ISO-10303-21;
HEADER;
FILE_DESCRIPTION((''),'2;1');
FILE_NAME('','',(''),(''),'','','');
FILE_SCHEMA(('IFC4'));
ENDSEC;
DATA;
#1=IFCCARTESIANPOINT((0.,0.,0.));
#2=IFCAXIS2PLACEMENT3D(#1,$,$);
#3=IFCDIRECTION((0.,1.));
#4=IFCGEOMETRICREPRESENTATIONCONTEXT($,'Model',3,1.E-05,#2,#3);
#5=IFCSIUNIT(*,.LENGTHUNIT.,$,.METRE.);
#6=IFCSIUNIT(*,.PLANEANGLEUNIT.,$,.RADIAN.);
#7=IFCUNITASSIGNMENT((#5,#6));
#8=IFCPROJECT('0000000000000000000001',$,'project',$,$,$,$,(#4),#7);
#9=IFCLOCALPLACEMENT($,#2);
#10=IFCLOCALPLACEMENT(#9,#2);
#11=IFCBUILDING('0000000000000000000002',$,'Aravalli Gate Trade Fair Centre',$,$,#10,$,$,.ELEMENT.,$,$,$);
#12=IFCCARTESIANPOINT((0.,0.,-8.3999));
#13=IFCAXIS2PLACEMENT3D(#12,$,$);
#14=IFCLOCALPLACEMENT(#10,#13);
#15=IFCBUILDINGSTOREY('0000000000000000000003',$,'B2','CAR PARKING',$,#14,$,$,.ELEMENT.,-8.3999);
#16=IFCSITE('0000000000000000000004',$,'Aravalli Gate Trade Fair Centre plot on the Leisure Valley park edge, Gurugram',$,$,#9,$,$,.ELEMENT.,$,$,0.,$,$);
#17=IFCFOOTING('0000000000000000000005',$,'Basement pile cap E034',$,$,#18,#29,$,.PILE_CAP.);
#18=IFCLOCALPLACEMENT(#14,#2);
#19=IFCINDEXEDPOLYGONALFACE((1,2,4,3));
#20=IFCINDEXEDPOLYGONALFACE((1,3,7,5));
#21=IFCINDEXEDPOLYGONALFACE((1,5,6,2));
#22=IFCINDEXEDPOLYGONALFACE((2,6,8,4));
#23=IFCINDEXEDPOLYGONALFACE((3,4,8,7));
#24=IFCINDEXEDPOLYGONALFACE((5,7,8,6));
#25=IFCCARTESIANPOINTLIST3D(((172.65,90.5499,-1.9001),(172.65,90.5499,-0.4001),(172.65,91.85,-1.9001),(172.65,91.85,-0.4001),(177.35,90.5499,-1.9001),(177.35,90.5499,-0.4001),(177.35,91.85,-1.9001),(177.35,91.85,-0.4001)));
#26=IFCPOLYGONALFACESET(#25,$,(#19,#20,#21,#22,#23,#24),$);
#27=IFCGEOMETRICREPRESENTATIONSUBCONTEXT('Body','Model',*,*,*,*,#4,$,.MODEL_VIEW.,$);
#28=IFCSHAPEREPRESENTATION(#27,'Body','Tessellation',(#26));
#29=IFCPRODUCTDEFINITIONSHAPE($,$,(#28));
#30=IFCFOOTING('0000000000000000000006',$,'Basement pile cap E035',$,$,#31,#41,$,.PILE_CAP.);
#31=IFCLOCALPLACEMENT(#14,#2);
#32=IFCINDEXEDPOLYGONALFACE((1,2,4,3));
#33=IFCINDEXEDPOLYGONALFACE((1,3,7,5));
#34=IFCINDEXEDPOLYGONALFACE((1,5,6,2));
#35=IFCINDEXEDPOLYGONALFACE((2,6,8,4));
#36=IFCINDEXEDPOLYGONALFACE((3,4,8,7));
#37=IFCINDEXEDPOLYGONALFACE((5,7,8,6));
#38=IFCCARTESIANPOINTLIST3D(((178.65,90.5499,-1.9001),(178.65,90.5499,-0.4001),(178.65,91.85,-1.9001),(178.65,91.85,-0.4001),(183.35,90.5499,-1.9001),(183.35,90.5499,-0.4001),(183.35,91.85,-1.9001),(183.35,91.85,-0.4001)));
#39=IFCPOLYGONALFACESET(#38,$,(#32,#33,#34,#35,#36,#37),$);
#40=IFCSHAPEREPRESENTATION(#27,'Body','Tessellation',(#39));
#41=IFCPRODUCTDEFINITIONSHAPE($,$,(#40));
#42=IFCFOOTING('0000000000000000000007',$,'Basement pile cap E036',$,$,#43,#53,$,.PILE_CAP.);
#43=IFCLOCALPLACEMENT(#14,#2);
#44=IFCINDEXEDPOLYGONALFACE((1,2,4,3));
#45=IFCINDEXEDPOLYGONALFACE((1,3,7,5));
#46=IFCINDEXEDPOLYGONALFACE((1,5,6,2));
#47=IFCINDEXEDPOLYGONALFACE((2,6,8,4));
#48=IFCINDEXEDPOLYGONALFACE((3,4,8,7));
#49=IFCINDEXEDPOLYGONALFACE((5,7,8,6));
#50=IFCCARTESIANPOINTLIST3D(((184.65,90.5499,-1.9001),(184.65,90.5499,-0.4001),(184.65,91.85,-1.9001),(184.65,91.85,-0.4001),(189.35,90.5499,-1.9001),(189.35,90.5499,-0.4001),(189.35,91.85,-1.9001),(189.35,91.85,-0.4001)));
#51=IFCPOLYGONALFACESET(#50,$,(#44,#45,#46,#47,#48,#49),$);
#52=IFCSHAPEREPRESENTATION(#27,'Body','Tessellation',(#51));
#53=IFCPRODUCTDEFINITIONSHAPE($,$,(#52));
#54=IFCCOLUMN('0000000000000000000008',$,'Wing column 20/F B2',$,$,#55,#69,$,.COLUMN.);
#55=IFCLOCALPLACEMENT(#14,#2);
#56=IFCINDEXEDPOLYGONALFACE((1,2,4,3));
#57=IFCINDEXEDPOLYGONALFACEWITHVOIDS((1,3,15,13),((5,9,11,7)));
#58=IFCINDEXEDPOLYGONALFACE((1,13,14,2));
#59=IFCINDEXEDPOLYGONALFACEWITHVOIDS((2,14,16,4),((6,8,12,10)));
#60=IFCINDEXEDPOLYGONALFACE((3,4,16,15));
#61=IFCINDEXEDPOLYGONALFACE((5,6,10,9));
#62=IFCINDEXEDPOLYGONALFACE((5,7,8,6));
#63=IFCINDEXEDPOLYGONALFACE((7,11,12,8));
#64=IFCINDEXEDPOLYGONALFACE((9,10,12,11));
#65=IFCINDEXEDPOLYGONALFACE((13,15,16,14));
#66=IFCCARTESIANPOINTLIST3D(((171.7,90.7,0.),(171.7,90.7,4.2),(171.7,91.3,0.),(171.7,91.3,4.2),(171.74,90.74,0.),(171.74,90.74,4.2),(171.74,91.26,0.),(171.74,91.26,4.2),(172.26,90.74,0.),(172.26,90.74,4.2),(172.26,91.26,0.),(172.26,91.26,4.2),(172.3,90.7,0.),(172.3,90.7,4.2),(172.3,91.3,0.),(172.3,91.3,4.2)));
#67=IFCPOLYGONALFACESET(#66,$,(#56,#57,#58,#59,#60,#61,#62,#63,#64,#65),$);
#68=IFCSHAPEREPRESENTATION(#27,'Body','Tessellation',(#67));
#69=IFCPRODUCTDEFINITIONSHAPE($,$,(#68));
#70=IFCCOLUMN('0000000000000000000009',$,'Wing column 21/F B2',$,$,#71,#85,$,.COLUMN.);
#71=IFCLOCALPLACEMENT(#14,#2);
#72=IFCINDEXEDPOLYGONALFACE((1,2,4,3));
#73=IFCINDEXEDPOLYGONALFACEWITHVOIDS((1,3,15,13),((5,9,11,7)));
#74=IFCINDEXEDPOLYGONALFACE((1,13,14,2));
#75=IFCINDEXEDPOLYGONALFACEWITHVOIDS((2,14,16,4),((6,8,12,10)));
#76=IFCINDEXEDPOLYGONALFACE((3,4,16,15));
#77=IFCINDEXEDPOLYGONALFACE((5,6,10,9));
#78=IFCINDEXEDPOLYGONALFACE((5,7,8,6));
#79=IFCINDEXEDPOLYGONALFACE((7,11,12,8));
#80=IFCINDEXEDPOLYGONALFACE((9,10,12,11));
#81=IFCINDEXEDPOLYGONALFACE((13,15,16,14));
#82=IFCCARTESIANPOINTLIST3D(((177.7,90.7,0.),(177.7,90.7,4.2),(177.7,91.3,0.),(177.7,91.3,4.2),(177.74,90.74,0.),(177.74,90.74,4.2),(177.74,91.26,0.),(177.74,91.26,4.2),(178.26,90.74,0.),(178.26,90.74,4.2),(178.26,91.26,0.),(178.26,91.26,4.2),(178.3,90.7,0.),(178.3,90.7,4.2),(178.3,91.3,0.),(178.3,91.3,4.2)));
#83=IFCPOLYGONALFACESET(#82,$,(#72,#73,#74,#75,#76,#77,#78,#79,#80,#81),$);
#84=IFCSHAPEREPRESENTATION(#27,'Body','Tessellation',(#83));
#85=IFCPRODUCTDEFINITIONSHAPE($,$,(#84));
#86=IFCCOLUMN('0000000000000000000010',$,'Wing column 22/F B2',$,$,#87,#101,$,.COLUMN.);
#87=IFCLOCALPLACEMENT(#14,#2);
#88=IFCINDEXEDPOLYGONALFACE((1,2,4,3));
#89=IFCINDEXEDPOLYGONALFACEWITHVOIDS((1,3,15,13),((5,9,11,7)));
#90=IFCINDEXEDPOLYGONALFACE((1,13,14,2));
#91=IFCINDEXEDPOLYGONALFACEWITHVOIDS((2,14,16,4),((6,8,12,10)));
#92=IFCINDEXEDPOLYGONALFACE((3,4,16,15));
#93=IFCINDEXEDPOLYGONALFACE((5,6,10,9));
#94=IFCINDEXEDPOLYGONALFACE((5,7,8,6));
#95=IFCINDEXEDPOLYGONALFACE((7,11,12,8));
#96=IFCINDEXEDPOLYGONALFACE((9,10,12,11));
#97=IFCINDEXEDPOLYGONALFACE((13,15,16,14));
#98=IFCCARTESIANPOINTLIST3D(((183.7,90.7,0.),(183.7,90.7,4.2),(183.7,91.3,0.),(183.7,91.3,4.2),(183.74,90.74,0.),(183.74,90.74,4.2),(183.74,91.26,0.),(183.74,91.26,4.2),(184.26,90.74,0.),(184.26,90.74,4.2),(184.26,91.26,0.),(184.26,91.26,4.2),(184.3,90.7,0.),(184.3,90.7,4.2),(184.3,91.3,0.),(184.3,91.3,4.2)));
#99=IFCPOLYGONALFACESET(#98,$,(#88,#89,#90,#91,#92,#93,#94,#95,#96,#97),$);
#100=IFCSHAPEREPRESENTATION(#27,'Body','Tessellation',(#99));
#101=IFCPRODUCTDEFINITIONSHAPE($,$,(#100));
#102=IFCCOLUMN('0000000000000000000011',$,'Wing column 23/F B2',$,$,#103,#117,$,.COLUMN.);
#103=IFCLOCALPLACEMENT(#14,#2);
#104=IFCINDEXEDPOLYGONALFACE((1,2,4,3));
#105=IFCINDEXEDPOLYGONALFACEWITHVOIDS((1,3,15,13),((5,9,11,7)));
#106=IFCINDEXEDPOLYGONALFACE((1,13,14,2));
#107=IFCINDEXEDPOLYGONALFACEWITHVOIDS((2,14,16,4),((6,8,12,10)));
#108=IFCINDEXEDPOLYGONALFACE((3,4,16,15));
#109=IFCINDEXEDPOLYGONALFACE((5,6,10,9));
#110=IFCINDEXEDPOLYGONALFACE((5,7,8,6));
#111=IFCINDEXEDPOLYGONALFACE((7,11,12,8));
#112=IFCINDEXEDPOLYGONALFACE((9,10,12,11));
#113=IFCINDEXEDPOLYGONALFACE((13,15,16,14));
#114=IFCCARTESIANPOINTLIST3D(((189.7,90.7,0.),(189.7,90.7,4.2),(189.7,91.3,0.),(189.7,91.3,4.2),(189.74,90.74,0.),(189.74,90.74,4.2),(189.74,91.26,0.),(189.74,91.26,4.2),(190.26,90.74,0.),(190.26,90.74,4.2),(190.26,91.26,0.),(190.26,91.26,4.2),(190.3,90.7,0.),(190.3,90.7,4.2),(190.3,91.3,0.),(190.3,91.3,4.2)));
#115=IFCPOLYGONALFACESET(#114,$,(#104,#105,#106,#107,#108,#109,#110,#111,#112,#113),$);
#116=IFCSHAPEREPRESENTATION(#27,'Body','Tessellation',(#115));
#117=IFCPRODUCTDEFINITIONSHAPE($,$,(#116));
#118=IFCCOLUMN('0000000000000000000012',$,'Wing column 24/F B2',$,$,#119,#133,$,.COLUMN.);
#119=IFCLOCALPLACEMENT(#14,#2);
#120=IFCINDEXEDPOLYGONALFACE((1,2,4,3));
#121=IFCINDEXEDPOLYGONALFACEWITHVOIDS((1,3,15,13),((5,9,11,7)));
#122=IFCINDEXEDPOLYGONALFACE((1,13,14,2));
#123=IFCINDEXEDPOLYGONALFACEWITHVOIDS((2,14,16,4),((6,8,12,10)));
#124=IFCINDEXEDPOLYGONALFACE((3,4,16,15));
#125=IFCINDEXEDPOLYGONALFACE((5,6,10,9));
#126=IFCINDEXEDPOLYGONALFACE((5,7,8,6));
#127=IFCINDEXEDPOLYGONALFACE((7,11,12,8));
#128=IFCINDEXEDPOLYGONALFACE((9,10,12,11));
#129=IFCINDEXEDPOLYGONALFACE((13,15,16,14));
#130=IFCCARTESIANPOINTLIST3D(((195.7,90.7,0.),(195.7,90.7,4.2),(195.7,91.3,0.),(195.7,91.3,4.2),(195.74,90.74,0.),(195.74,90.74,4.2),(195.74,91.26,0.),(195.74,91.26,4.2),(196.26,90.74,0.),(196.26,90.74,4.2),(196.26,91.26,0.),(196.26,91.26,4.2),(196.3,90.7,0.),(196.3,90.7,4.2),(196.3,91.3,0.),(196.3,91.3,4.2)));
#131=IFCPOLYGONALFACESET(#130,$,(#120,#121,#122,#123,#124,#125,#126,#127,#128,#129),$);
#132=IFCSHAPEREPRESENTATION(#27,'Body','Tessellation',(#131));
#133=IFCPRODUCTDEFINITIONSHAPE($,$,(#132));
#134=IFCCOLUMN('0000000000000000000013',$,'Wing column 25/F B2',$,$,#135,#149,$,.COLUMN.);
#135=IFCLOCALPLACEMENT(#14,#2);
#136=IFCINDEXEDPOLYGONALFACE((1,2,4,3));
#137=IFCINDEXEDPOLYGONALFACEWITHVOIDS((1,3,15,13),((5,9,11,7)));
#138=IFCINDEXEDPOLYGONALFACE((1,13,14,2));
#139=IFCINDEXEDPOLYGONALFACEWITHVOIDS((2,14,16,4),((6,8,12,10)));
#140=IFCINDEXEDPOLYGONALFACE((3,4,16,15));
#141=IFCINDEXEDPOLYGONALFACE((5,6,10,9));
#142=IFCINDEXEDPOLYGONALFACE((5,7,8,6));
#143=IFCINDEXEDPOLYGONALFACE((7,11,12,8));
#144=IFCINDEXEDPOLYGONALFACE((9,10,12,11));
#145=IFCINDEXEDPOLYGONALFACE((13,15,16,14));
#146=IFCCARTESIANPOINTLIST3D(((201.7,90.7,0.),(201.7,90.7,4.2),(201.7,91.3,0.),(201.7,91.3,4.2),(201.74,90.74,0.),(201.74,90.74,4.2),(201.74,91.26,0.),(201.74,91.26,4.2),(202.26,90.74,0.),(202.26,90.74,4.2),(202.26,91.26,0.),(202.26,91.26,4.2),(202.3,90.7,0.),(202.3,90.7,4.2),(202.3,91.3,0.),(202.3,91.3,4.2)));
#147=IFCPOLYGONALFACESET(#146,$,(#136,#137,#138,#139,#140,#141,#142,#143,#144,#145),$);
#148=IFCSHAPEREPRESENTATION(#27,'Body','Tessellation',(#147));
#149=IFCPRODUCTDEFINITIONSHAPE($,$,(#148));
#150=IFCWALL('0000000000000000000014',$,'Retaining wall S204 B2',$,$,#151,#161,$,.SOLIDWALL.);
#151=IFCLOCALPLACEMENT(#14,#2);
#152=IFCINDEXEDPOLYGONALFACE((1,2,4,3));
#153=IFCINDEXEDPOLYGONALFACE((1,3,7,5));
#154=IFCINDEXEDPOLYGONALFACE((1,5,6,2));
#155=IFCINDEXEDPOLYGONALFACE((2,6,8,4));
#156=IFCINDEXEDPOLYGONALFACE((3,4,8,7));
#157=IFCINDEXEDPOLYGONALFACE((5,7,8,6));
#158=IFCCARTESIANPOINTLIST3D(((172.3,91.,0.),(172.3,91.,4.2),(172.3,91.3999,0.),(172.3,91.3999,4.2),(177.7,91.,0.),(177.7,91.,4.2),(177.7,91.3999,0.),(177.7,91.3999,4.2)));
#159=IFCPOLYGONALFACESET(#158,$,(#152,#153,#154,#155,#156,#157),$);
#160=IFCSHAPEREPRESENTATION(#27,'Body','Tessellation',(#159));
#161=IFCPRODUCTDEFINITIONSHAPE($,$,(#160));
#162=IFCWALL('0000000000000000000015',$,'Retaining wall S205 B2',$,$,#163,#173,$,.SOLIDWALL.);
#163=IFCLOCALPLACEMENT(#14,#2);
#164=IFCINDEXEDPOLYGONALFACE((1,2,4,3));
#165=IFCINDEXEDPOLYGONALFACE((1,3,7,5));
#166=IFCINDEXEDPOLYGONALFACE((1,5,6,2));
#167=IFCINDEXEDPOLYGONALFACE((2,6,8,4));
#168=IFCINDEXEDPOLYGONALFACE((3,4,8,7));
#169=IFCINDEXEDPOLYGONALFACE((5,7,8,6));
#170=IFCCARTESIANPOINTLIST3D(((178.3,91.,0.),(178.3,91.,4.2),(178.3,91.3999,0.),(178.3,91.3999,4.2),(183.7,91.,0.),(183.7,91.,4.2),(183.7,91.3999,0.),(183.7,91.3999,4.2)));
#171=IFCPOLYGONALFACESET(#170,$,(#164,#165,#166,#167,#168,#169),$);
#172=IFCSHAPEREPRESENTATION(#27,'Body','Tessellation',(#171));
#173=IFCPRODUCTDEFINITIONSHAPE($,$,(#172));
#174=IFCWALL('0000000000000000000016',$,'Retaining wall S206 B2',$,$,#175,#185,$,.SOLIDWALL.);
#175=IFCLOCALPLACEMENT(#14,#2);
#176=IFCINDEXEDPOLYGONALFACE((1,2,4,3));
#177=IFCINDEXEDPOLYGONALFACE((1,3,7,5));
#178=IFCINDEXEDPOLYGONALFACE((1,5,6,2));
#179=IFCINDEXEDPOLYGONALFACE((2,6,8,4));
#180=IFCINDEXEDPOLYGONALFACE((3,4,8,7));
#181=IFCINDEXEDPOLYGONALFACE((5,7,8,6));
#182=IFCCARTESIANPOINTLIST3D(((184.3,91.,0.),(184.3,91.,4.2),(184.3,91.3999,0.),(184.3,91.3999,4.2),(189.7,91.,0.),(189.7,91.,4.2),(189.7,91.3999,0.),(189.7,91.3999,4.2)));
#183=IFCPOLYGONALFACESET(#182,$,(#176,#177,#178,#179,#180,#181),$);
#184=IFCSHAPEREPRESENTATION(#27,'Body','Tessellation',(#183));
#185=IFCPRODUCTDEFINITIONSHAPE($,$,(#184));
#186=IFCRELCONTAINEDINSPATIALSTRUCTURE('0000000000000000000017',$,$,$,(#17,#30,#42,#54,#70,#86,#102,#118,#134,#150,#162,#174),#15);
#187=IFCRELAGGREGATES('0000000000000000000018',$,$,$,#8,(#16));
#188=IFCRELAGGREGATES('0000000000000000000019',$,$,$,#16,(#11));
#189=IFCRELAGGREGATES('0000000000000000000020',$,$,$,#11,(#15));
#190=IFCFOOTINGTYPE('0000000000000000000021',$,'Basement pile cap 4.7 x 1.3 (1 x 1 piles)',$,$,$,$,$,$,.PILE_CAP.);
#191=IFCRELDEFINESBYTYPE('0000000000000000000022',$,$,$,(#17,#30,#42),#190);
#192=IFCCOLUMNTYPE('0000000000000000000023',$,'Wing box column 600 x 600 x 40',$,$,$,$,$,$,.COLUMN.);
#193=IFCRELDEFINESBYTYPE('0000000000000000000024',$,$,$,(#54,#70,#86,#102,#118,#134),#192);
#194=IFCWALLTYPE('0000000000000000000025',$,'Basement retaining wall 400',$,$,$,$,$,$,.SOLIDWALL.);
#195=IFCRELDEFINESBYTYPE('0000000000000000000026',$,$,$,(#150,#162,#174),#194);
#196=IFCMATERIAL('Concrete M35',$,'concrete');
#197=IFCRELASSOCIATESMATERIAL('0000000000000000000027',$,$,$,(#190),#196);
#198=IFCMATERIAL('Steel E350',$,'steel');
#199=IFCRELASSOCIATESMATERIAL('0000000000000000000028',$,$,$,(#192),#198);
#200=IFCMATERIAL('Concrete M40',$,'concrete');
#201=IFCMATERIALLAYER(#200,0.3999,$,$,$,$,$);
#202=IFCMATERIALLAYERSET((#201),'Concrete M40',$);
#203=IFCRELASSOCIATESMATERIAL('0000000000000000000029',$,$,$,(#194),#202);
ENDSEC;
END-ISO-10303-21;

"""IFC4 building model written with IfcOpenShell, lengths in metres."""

from ifc_helpers import new_model, si_unit, direction, frame, frame_2d, origin, origin_2d, place, context, subcontext, project, spatial, rectangle, hollow_rectangle, extrude, material, layer, layer_set, material_profile, profile_set, type_object, element, save


model = new_model("IFC4")

# Units and contexts
model_context = context("Model", 3, precision=1e-05, world=origin(), true_north=direction((0.0, 1.0)))
body_context = subcontext(model_context, "Body", "Model", "MODEL_VIEW")
ifc_project = project(units=[si_unit("LENGTHUNIT", "METRE"), si_unit("PLANEANGLEUNIT", "RADIAN")], contexts=[model_context])

# Site, building, storey
site_placement = place(None, origin())
site = spatial("IfcSite", under=ifc_project, at=site_placement, Name="Aravalli Gate Trade Fair Centre plot on the Leisure Valley park edge, Gurugram", CompositionType="ELEMENT", RefElevation=0.0)
building_placement = place(site_placement, origin())
building = spatial("IfcBuilding", under=site, at=building_placement, Name="Aravalli Gate Trade Fair Centre", CompositionType="ELEMENT")
storey_placement = place(building_placement, frame((0.0, 0.0, -8.3999)))
storey = spatial("IfcBuildingStorey", under=building, at=storey_placement, Name="B2", Description="CAR PARKING", CompositionType="ELEMENT", Elevation=-8.3999)

# Shared definitions
ifc_material_1 = material(Name="Concrete M35", Category="concrete")

# Footings
footing_type_1 = type_object("IfcFootingType", Name="Basement pile cap 4.7 x 1.3 (1 x 1 piles)", PredefinedType="PILE_CAP", material=ifc_material_1)
for number, where, z_axis, x_axis, name in (
    (1, (175.0, 91.2, -1.9001), (0.0, 0.0, 1.0), (1.0, 0.0, 0.0), "Basement pile cap E034"),
    (2, (181.0, 91.2, -1.9001), (0.0, 0.0, 1.0), (1.0, 0.0, 0.0), "Basement pile cap E035"),
    (3, (187.0, 91.2, -1.9001), (0.0, 0.0, 1.0), (1.0, 0.0, 0.0), "Basement pile cap E036"),
):
    element("IfcFooting", number, at=place(storey_placement, frame(where, z_axis=z_axis, x_axis=x_axis)), inside=storey, type_object=footing_type_1, Name=name, PredefinedType="PILE_CAP", context=body_context, shape_type="SweptSolid", body=[
        extrude(rectangle(XDim=4.7, YDim=1.3, at=origin_2d()), origin(), (0.0, 0.0, 1.0), 1.5),
    ])

# Columns
ifc_material_2 = material(Name="Steel E350", Category="steel")
ifc_material_profile_1 = material_profile(ifc_material_2, hollow_rectangle(XDim=0.6001, YDim=0.6001, WallThickness=0.04, at=origin_2d()), Name="BOX 600x600x40")
ifc_profile_set_1 = profile_set([ifc_material_profile_1], Name="Steel E350")
column_type = type_object("IfcColumnType", Name="Wing box column 600 x 600 x 40", PredefinedType="COLUMN", material=ifc_profile_set_1)
for number, where, z_axis, x_axis, name in (
    (4, (172.0, 91.0, 0.0), (0.0, 0.0, 1.0), (1.0, 0.0, 0.0), "Wing column 20/F B2"),
    (5, (178.0, 91.0, 0.0), (0.0, 0.0, 1.0), (1.0, 0.0, 0.0), "Wing column 21/F B2"),
    (6, (184.0, 91.0, 0.0), (0.0, 0.0, 1.0), (1.0, 0.0, 0.0), "Wing column 22/F B2"),
    (7, (190.0, 91.0, 0.0), (0.0, 0.0, 1.0), (1.0, 0.0, 0.0), "Wing column 23/F B2"),
    (8, (196.0, 91.0, 0.0), (0.0, 0.0, 1.0), (1.0, 0.0, 0.0), "Wing column 24/F B2"),
    (9, (202.0, 91.0, 0.0), (0.0, 0.0, 1.0), (1.0, 0.0, 0.0), "Wing column 25/F B2"),
):
    element("IfcColumn", number, at=place(storey_placement, frame(where, z_axis=z_axis, x_axis=x_axis)), inside=storey, type_object=column_type, Name=name, PredefinedType="COLUMN", context=body_context, shape_type="SweptSolid", body=[
        extrude(hollow_rectangle(XDim=0.6001, YDim=0.6001, WallThickness=0.04, at=origin_2d()), origin(), (0.0, 0.0, 1.0), 4.2),
    ])

# Walls
ifc_material_3 = material(Name="Concrete M40", Category="concrete")
ifc_layer = layer(ifc_material_3, 0.3999)
ifc_layer_set = layer_set([ifc_layer], Name="Concrete M40")
wall_type = type_object("IfcWallType", Name="Basement retaining wall 400", PredefinedType="SOLIDWALL", material=ifc_layer_set)
for number, where, z_axis, x_axis, name in (
    (10, (172.3, 91.2, 0.0), (0.0, 0.0, 1.0), (1.0, 0.0, 0.0), "Retaining wall S204 B2"),
    (11, (178.3, 91.2, 0.0), (0.0, 0.0, 1.0), (1.0, 0.0, 0.0), "Retaining wall S205 B2"),
    (12, (184.3, 91.2, 0.0), (0.0, 0.0, 1.0), (1.0, 0.0, 0.0), "Retaining wall S206 B2"),
):
    element("IfcWall", number, at=place(storey_placement, frame(where, z_axis=z_axis, x_axis=x_axis)), inside=storey, type_object=wall_type, Name=name, PredefinedType="SOLIDWALL", context=body_context, shape_type="SweptSolid", body=[
        extrude(rectangle(XDim=5.3999, YDim=0.3999, at=frame_2d((2.7, 0.0))), origin(), (0.0, 0.0, 1.0), 4.2),
    ])

save(model, "model.ifc")
